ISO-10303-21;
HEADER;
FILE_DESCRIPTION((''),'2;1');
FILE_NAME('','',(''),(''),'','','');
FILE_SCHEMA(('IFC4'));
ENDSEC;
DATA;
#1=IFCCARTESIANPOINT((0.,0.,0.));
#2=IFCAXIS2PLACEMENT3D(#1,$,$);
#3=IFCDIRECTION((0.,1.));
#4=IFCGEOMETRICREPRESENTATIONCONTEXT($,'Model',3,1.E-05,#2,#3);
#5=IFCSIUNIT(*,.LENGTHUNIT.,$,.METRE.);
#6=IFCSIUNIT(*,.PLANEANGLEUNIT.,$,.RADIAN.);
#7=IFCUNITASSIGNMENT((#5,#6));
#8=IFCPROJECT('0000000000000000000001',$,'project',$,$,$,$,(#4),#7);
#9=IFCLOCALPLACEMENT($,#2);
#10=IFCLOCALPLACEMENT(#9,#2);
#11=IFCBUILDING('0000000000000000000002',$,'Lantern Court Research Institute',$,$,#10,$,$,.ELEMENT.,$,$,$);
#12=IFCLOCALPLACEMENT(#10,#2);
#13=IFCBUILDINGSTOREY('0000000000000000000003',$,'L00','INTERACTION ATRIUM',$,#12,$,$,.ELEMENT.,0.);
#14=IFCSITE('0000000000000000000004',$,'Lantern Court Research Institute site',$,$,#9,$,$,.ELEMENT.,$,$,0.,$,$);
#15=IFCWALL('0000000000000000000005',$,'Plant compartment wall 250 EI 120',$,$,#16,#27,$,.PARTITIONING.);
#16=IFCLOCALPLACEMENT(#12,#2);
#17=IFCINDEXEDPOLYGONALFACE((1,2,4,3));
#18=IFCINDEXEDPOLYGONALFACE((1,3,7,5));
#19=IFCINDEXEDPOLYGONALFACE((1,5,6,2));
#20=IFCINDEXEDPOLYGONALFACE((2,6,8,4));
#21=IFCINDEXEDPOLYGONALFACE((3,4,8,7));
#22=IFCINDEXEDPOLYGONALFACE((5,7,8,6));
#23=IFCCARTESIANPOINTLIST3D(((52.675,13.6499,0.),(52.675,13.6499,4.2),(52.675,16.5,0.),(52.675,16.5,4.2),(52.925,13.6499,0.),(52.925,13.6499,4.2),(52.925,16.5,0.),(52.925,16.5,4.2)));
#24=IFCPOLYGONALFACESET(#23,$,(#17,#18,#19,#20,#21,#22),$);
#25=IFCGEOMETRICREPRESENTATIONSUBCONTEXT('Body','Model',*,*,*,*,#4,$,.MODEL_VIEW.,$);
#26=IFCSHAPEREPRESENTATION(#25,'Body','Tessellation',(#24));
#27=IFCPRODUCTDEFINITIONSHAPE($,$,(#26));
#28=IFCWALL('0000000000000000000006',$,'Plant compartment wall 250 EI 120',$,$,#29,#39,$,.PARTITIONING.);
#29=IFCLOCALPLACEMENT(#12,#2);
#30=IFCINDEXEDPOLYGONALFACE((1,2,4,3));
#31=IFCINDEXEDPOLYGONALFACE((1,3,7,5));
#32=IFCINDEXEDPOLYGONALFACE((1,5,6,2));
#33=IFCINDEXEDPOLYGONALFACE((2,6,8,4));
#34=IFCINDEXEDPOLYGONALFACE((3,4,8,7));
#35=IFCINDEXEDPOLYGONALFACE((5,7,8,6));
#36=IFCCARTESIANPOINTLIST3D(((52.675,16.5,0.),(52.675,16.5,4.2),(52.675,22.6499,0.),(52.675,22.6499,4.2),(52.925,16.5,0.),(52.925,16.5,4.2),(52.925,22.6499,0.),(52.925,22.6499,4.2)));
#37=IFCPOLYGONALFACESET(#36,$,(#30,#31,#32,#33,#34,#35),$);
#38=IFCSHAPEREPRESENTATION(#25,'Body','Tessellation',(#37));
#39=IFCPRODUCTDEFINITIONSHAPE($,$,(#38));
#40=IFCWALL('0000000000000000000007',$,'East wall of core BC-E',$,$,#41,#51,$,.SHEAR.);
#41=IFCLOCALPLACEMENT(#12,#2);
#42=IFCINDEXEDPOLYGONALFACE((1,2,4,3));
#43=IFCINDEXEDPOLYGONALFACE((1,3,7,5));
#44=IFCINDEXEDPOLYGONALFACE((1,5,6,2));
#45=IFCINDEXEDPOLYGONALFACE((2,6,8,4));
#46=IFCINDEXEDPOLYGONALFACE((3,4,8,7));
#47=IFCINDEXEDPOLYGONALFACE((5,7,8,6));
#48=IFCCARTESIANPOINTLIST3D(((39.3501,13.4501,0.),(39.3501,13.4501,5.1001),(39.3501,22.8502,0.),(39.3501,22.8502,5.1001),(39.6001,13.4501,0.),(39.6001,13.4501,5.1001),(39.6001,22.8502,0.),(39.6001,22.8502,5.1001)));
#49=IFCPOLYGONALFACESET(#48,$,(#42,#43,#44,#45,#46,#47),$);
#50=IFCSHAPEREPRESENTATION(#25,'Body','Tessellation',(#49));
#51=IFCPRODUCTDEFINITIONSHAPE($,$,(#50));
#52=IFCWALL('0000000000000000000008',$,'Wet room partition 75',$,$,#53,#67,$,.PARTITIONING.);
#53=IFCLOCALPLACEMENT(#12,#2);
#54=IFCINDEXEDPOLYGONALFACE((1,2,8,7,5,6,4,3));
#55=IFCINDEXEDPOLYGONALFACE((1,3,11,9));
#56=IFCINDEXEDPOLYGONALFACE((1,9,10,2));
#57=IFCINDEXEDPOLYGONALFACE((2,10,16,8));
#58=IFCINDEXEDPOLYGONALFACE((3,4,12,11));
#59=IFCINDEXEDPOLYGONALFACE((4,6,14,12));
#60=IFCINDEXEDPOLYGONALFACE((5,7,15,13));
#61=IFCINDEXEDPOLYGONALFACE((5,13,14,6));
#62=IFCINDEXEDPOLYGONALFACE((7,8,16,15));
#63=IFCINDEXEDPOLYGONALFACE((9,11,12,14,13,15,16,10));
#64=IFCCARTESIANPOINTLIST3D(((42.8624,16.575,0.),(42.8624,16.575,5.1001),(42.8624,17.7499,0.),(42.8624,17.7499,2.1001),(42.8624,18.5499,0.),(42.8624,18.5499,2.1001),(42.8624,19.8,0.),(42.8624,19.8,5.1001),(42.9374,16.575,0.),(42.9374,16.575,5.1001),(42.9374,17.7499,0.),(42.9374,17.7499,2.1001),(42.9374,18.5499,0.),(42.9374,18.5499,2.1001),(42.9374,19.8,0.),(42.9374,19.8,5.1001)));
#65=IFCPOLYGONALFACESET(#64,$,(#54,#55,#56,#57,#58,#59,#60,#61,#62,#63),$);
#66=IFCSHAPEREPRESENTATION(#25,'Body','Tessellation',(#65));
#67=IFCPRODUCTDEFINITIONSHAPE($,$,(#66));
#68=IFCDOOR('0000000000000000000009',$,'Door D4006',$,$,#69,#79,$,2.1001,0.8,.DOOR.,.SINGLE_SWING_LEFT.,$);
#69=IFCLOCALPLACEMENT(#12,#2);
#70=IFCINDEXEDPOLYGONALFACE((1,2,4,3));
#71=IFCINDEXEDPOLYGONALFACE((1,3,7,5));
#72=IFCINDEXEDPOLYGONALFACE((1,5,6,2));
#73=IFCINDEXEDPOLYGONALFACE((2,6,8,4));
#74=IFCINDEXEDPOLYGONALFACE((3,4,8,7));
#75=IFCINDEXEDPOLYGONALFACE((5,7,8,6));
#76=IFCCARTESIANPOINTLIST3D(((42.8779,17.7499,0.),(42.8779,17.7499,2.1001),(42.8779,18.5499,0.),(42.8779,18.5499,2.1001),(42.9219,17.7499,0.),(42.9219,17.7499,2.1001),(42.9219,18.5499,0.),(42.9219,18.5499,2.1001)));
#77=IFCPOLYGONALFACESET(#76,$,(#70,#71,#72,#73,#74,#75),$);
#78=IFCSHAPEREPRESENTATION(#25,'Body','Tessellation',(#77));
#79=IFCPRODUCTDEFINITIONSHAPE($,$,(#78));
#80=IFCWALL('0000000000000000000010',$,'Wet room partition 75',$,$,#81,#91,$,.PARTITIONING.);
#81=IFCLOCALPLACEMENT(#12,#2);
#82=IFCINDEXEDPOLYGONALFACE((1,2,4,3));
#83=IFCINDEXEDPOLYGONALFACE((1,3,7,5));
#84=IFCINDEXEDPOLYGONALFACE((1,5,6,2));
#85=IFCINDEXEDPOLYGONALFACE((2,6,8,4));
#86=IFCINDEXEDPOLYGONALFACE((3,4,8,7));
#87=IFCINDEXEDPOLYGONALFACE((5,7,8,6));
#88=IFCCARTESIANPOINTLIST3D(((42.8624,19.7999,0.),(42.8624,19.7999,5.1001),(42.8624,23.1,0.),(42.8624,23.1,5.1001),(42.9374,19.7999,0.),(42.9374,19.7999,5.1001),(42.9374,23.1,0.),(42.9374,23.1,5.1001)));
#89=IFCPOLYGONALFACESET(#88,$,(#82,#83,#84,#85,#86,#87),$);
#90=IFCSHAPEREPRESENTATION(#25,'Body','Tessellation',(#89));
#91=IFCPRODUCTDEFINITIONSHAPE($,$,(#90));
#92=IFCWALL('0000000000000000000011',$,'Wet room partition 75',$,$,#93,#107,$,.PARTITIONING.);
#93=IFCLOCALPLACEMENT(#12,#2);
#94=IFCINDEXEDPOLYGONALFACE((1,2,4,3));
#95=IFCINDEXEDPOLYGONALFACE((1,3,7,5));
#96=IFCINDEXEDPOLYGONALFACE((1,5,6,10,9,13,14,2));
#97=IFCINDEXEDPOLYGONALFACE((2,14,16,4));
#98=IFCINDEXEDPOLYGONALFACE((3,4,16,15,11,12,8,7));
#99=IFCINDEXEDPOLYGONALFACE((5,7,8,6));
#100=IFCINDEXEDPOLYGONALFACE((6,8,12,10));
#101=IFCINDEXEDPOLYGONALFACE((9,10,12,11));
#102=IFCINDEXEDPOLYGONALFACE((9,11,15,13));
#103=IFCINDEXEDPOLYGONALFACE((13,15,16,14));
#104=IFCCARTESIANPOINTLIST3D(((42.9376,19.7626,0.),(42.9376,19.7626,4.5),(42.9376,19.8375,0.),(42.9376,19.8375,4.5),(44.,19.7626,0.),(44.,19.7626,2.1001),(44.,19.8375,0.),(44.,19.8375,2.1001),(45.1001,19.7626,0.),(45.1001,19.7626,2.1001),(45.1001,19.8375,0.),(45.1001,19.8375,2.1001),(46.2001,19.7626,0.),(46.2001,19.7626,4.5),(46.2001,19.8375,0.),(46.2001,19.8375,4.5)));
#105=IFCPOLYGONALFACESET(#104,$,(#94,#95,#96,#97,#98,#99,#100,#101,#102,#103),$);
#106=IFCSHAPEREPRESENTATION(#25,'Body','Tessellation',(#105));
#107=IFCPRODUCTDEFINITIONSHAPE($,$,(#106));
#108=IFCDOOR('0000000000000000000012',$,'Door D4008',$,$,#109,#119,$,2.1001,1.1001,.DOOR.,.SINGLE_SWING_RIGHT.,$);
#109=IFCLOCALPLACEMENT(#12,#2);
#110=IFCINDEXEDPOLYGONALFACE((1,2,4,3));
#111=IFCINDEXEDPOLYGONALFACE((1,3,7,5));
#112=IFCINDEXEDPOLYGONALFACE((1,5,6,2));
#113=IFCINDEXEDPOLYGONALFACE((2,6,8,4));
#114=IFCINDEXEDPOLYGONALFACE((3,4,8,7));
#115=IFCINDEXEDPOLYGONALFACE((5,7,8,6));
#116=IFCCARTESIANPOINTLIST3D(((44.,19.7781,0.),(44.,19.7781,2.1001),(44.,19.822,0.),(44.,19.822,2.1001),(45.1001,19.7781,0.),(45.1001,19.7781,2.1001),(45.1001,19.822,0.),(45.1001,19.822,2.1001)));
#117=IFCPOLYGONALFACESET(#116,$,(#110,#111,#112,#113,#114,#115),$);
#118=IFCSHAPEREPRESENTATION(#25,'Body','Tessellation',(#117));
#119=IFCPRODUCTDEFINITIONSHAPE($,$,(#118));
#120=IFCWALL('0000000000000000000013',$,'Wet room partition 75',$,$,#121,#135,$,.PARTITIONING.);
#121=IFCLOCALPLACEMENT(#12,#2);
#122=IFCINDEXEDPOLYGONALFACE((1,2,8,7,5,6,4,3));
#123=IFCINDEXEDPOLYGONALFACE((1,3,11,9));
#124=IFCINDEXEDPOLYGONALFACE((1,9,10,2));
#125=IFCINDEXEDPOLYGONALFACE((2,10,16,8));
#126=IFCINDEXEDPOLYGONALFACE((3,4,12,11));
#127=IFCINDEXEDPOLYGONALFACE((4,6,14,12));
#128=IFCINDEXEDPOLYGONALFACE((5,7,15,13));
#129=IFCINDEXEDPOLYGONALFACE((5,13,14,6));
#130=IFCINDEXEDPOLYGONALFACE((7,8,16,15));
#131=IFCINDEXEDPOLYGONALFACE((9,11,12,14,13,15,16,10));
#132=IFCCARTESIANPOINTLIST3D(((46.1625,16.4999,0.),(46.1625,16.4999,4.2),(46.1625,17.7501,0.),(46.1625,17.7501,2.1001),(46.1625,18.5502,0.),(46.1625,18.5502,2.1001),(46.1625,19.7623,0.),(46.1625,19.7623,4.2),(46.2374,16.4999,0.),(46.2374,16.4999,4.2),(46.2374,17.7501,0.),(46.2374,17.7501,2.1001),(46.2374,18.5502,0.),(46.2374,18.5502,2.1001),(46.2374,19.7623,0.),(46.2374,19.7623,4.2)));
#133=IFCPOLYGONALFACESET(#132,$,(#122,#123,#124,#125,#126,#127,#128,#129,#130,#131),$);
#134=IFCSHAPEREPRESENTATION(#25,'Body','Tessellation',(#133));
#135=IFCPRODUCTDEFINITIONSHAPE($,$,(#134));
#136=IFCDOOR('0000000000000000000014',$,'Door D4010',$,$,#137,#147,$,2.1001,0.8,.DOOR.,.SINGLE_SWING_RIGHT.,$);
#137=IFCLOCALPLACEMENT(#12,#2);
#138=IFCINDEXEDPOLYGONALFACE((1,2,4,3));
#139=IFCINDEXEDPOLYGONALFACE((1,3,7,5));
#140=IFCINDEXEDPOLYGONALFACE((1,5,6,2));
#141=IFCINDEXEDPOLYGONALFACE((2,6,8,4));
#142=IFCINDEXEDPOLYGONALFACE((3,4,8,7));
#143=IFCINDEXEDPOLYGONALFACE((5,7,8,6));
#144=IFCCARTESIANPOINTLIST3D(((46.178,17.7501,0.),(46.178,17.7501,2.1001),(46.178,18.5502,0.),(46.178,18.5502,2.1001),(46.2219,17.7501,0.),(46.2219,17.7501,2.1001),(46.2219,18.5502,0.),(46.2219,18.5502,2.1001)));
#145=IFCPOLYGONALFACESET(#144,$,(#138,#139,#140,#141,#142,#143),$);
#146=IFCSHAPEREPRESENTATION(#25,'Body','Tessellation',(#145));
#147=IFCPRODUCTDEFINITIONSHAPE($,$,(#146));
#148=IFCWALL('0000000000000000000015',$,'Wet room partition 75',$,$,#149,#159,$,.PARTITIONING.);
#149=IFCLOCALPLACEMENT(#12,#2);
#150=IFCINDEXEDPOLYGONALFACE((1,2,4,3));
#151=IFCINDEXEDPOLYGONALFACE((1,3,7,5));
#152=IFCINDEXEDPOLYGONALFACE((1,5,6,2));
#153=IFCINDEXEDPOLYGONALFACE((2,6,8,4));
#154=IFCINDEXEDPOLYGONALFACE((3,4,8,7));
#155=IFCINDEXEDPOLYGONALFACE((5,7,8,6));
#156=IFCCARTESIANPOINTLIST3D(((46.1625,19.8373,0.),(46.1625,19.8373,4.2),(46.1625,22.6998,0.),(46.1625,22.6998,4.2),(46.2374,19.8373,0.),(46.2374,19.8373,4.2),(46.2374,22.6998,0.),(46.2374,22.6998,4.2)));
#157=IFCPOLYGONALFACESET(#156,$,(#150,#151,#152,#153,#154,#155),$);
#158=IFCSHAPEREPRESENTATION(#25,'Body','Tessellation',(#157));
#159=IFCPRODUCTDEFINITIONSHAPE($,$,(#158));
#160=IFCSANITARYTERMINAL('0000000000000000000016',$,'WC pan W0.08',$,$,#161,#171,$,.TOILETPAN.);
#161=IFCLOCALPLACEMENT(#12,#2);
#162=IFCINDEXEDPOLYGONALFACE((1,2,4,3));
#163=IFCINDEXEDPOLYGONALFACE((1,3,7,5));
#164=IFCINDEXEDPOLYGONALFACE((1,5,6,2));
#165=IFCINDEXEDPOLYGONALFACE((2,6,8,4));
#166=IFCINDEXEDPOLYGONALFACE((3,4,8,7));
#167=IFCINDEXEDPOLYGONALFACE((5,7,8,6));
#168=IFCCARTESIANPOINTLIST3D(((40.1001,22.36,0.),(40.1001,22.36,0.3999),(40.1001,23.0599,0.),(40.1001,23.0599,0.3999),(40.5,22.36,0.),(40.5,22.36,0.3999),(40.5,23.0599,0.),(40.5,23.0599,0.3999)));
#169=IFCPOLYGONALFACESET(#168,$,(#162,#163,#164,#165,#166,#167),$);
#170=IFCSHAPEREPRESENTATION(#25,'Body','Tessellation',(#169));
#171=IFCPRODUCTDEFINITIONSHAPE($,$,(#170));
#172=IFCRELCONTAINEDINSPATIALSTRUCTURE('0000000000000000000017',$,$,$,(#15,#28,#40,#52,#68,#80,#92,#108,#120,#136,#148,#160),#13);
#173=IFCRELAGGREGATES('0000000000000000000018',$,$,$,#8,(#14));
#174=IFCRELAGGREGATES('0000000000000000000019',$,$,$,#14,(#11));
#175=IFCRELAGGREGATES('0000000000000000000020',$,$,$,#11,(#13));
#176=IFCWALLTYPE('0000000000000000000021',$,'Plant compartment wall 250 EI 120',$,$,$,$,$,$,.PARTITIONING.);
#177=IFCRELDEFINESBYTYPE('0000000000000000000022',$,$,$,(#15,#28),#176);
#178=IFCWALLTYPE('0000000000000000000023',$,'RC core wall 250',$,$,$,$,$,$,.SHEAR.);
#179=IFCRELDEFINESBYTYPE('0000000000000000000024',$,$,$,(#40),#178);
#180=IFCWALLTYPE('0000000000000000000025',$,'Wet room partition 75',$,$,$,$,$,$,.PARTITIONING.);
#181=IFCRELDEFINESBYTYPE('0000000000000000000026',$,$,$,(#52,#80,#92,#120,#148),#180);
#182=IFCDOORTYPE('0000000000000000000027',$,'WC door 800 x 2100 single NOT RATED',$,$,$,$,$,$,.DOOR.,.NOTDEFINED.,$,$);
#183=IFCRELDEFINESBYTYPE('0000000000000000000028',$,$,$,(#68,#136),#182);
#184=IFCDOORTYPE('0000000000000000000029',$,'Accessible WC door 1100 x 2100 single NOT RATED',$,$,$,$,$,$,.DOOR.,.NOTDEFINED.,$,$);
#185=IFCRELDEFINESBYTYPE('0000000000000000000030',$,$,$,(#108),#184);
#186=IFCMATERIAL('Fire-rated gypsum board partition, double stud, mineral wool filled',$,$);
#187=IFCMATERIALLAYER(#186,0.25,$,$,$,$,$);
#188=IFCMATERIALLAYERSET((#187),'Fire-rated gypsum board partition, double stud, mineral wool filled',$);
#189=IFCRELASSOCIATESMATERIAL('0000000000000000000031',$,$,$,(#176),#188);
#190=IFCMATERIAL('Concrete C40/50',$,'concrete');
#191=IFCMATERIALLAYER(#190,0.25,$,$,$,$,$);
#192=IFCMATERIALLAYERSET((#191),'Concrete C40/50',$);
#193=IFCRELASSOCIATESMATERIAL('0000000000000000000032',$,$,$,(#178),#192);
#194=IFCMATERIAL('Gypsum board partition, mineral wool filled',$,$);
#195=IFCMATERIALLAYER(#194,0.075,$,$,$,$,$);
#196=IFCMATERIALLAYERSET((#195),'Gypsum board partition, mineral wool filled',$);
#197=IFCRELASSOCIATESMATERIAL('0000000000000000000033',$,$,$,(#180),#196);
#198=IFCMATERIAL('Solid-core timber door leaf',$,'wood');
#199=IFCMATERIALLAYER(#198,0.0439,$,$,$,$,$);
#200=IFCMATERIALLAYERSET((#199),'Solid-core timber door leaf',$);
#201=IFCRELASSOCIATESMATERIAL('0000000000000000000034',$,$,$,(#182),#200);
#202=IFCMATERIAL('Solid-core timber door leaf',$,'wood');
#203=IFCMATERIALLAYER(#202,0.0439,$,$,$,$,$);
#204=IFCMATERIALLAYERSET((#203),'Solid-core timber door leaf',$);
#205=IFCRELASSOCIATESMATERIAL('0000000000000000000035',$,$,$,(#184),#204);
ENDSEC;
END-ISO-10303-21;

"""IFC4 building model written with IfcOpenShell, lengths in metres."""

from ifc_helpers import new_model, si_unit, direction, frame, frame_2d, origin, origin_2d, place, context, subcontext, project, spatial, rectangle, extrude, material, layer, layer_set, type_object, element, fill, save


model = new_model("IFC4")

# Units and contexts
model_context = context("Model", 3, precision=1e-05, world=origin(), true_north=direction((0.0, 1.0)))
body_context = subcontext(model_context, "Body", "Model", "MODEL_VIEW")
ifc_project = project(units=[si_unit("LENGTHUNIT", "METRE"), si_unit("PLANEANGLEUNIT", "RADIAN")], contexts=[model_context])

# Site, building, storey
site_placement = place(None, origin())
site = spatial("IfcSite", under=ifc_project, at=site_placement, Name="Lantern Court Research Institute site", CompositionType="ELEMENT", RefElevation=0.0)
building_placement = place(site_placement, origin())
building = spatial("IfcBuilding", under=site, at=building_placement, Name="Lantern Court Research Institute", CompositionType="ELEMENT")
storey_placement = place(building_placement, origin())
storey = spatial("IfcBuildingStorey", under=building, at=storey_placement, Name="L00", Description="INTERACTION ATRIUM", CompositionType="ELEMENT", Elevation=0.0)

# Walls
ifc_material_1 = material(Name="Fire-rated gypsum board partition, double stud, mineral wool filled")
ifc_layer_1 = layer(ifc_material_1, 0.25)
ifc_layer_set_1 = layer_set([ifc_layer_1], Name="Fire-rated gypsum board partition, double stud, mineral wool filled")
wall_type_1 = type_object("IfcWallType", Name="Plant compartment wall 250 EI 120", PredefinedType="PARTITIONING", material=ifc_layer_set_1)
wall_1_placement = place(storey_placement, frame((52.8, 13.6499, 0.0), z_axis=(0.0, 0.0, 1.0), x_axis=(0.0, 1.0, 0.0)))
element("IfcWall", 1, at=wall_1_placement, inside=storey, type_object=wall_type_1, Name="Plant compartment wall 250 EI 120", PredefinedType="PARTITIONING", context=body_context, shape_type="SweptSolid", body=[
    extrude(rectangle(XDim=2.8501, YDim=0.25, at=frame_2d((1.425, 0.0))), origin(), (0.0, 0.0, 1.0), 4.2),
])
wall_2_placement = place(storey_placement, frame((52.8, 16.5, 0.0), z_axis=(0.0, 0.0, 1.0), x_axis=(0.0, 1.0, 0.0)))
element("IfcWall", 2, at=wall_2_placement, inside=storey, type_object=wall_type_1, Name="Plant compartment wall 250 EI 120", PredefinedType="PARTITIONING", context=body_context, shape_type="SweptSolid", body=[
    extrude(rectangle(XDim=6.1499, YDim=0.25, at=frame_2d((3.075, 0.0))), origin(), (0.0, 0.0, 1.0), 4.2),
])
ifc_material_2 = material(Name="Concrete C40/50", Category="concrete")
ifc_layer_2 = layer(ifc_material_2, 0.25)
ifc_layer_set_2 = layer_set([ifc_layer_2], Name="Concrete C40/50")
wall_type_2 = type_object("IfcWallType", Name="RC core wall 250", PredefinedType="SHEAR", material=ifc_layer_set_2)
wall_3_placement = place(storey_placement, frame((39.4751, 13.45, 0.0), z_axis=(0.0, 0.0, 1.0), x_axis=(0.0, 1.0, 0.0)))
element("IfcWall", 3, at=wall_3_placement, inside=storey, type_object=wall_type_2, Name="East wall of core BC-E", PredefinedType="SHEAR", context=body_context, shape_type="SweptSolid", body=[
    extrude(rectangle(XDim=9.4001, YDim=0.25, at=frame_2d((4.7002, 0.0))), origin(), (0.0, 0.0, 1.0), 5.1001),
])

# Wall, opening, door
ifc_material_3 = material(Name="Gypsum board partition, mineral wool filled")
ifc_layer_3 = layer(ifc_material_3, 0.075)
ifc_layer_set_3 = layer_set([ifc_layer_3], Name="Gypsum board partition, mineral wool filled")
wall_type_3 = type_object("IfcWallType", Name="Wet room partition 75", PredefinedType="PARTITIONING", material=ifc_layer_set_3)
wall_4_placement = place(storey_placement, frame((42.8999, 16.575, 0.0), z_axis=(0.0, 0.0, 1.0), x_axis=(0.0, 1.0, 0.0)))
wall_4 = element("IfcWall", 4, at=wall_4_placement, inside=storey, type_object=wall_type_3, Name="Wet room partition 75", PredefinedType="PARTITIONING", context=body_context, shape_type="SweptSolid", body=[
    extrude(rectangle(XDim=3.2251, YDim=0.075, at=frame_2d((1.6125, 0.0))), origin(), (0.0, 0.0, 1.0), 5.1001),
])
opening_1_placement = place(wall_4_placement, frame((1.175, 0.0, 0.0)))
opening_1 = element("IfcOpeningElement", 5, at=opening_1_placement, cuts=wall_4, PredefinedType="OPENING", context=body_context, shape_type="SweptSolid", body=[
    extrude(rectangle(XDim=0.8, YDim=2.1001, at=frame_2d((0.3999, 1.05))), frame((0.0, 0.0474, 0.0), z_axis=(0.0, -1.0, 0.0), x_axis=(1.0, 0.0, 0.0)), (0.0, 0.0, 1.0), 0.095),
])
ifc_material_4 = material(Name="Solid-core timber door leaf", Category="wood")
ifc_layer_4 = layer(ifc_material_4, 0.0439)
ifc_layer_set_4 = layer_set([ifc_layer_4], Name="Solid-core timber door leaf")
door_type_1 = type_object("IfcDoorType", Name="WC door 800 x 2100 single NOT RATED", OperationType="NOTDEFINED", PredefinedType="DOOR", material=ifc_layer_set_4)
door_1_placement = place(opening_1_placement, origin())
door_1 = element("IfcDoor", 6, at=door_1_placement, inside=storey, type_object=door_type_1, Name="Door D4006", OperationType="SINGLE_SWING_LEFT", OverallHeight=2.1001, OverallWidth=0.8, PredefinedType="DOOR", context=body_context, shape_type="SweptSolid", body=[
    extrude(rectangle(XDim=0.8, YDim=2.1001, at=frame_2d((0.3999, 1.05))), frame((0.0, 0.022, 0.0), z_axis=(0.0, -1.0, 0.0), x_axis=(1.0, 0.0, 0.0)), (0.0, 0.0, 1.0), 0.0439),
])
fill(opening_1, door_1)

# Wall
wall_5_placement = place(storey_placement, frame((42.8999, 19.8, 0.0), z_axis=(0.0, 0.0, 1.0), x_axis=(0.0, 1.0, 0.0)))
element("IfcWall", 7, at=wall_5_placement, inside=storey, type_object=wall_type_3, Name="Wet room partition 75", PredefinedType="PARTITIONING", context=body_context, shape_type="SweptSolid", body=[
    extrude(rectangle(XDim=3.3, YDim=0.075, at=frame_2d((1.6499, 0.0))), origin(), (0.0, 0.0, 1.0), 5.1001),
])

# Walls, openings, doors
wall_6_placement = place(storey_placement, frame((42.9375, 19.8, 0.0), z_axis=(0.0, 0.0, 1.0), x_axis=(1.0, 0.0, 0.0)))
wall_6 = element("IfcWall", 8, at=wall_6_placement, inside=storey, type_object=wall_type_3, Name="Wet room partition 75", PredefinedType="PARTITIONING", context=body_context, shape_type="SweptSolid", body=[
    extrude(rectangle(XDim=3.2625, YDim=0.075, at=frame_2d((1.6313, 0.0))), origin(), (0.0, 0.0, 1.0), 4.5),
])
opening_2_placement = place(wall_6_placement, frame((1.0625, 0.0, 0.0)))
opening_2 = element("IfcOpeningElement", 9, at=opening_2_placement, cuts=wall_6, PredefinedType="OPENING", context=body_context, shape_type="SweptSolid", body=[
    extrude(rectangle(XDim=1.1001, YDim=2.1001, at=frame_2d((0.55, 1.05))), frame((0.0, 0.0474, 0.0), z_axis=(0.0, -1.0, 0.0), x_axis=(1.0, 0.0, 0.0)), (0.0, 0.0, 1.0), 0.095),
])
ifc_material_5 = material(Name="Solid-core timber door leaf", Category="wood")
ifc_layer_5 = layer(ifc_material_5, 0.0439)
ifc_layer_set_5 = layer_set([ifc_layer_5], Name="Solid-core timber door leaf")
door_type_2 = type_object("IfcDoorType", Name="Accessible WC door 1100 x 2100 single NOT RATED", OperationType="NOTDEFINED", PredefinedType="DOOR", material=ifc_layer_set_5)
door_2_placement = place(opening_2_placement, origin())
door_2 = element("IfcDoor", 10, at=door_2_placement, inside=storey, type_object=door_type_2, Name="Door D4008", OperationType="SINGLE_SWING_RIGHT", OverallHeight=2.1001, OverallWidth=1.1001, PredefinedType="DOOR", context=body_context, shape_type="SweptSolid", body=[
    extrude(rectangle(XDim=1.1001, YDim=2.1001, at=frame_2d((0.55, 1.05))), frame((0.0, 0.022, 0.0), z_axis=(0.0, -1.0, 0.0), x_axis=(1.0, 0.0, 0.0)), (0.0, 0.0, 1.0), 0.0439),
])
fill(opening_2, door_2)
wall_7_placement = place(storey_placement, frame((46.2, 19.7625, 0.0), z_axis=(0.0, 0.0, 1.0), x_axis=(0.0, -1.0, 0.0)))
wall_7 = element("IfcWall", 11, at=wall_7_placement, inside=storey, type_object=wall_type_3, Name="Wet room partition 75", PredefinedType="PARTITIONING", context=body_context, shape_type="SweptSolid", body=[
    extrude(rectangle(XDim=3.2625, YDim=0.075, at=frame_2d((1.6313, 0.0))), origin(), (0.0, 0.0, 1.0), 4.2),
])
opening_3_placement = place(wall_7_placement, frame((1.2124, 0.0, 0.0)))
opening_3 = element("IfcOpeningElement", 12, at=opening_3_placement, cuts=wall_7, PredefinedType="OPENING", context=body_context, shape_type="SweptSolid", body=[
    extrude(rectangle(XDim=0.8, YDim=2.1001, at=frame_2d((0.3999, 1.05))), frame((0.0, 0.0474, 0.0), z_axis=(0.0, -1.0, 0.0), x_axis=(1.0, 0.0, 0.0)), (0.0, 0.0, 1.0), 0.095),
])
door_3_placement = place(opening_3_placement, origin())
door_3 = element("IfcDoor", 13, at=door_3_placement, inside=storey, type_object=door_type_1, Name="Door D4010", OperationType="SINGLE_SWING_RIGHT", OverallHeight=2.1001, OverallWidth=0.8, PredefinedType="DOOR", context=body_context, shape_type="SweptSolid", body=[
    extrude(rectangle(XDim=0.8, YDim=2.1001, at=frame_2d((0.3999, 1.05))), frame((0.0, 0.022, 0.0), z_axis=(0.0, -1.0, 0.0), x_axis=(1.0, 0.0, 0.0)), (0.0, 0.0, 1.0), 0.0439),
])
fill(opening_3, door_3)

# Wall
wall_8_placement = place(storey_placement, frame((46.2, 19.8374, 0.0), z_axis=(0.0, 0.0, 1.0), x_axis=(0.0, 1.0, 0.0)))
element("IfcWall", 14, at=wall_8_placement, inside=storey, type_object=wall_type_3, Name="Wet room partition 75", PredefinedType="PARTITIONING", context=body_context, shape_type="SweptSolid", body=[
    extrude(rectangle(XDim=2.8625, YDim=0.075, at=frame_2d((1.4312, 0.0))), origin(), (0.0, 0.0, 1.0), 4.2),
])

# Sanitary terminal
for number, where, z_axis, x_axis, name in (
    (15, (40.3, 22.71, 0.0), (0.0, 0.0, 1.0), (1.0, 0.0, 0.0), "WC pan W0.08"),
):
    element("IfcSanitaryTerminal", number, at=place(storey_placement, frame(where, z_axis=z_axis, x_axis=x_axis)), inside=storey, Name=name, PredefinedType="TOILETPAN", context=body_context, shape_type="SweptSolid", body=[
        extrude(rectangle(XDim=0.3999, YDim=0.7, at=origin_2d()), origin(), (0.0, 0.0, 1.0), 0.3999),
    ])

save(model, "model.ifc")
